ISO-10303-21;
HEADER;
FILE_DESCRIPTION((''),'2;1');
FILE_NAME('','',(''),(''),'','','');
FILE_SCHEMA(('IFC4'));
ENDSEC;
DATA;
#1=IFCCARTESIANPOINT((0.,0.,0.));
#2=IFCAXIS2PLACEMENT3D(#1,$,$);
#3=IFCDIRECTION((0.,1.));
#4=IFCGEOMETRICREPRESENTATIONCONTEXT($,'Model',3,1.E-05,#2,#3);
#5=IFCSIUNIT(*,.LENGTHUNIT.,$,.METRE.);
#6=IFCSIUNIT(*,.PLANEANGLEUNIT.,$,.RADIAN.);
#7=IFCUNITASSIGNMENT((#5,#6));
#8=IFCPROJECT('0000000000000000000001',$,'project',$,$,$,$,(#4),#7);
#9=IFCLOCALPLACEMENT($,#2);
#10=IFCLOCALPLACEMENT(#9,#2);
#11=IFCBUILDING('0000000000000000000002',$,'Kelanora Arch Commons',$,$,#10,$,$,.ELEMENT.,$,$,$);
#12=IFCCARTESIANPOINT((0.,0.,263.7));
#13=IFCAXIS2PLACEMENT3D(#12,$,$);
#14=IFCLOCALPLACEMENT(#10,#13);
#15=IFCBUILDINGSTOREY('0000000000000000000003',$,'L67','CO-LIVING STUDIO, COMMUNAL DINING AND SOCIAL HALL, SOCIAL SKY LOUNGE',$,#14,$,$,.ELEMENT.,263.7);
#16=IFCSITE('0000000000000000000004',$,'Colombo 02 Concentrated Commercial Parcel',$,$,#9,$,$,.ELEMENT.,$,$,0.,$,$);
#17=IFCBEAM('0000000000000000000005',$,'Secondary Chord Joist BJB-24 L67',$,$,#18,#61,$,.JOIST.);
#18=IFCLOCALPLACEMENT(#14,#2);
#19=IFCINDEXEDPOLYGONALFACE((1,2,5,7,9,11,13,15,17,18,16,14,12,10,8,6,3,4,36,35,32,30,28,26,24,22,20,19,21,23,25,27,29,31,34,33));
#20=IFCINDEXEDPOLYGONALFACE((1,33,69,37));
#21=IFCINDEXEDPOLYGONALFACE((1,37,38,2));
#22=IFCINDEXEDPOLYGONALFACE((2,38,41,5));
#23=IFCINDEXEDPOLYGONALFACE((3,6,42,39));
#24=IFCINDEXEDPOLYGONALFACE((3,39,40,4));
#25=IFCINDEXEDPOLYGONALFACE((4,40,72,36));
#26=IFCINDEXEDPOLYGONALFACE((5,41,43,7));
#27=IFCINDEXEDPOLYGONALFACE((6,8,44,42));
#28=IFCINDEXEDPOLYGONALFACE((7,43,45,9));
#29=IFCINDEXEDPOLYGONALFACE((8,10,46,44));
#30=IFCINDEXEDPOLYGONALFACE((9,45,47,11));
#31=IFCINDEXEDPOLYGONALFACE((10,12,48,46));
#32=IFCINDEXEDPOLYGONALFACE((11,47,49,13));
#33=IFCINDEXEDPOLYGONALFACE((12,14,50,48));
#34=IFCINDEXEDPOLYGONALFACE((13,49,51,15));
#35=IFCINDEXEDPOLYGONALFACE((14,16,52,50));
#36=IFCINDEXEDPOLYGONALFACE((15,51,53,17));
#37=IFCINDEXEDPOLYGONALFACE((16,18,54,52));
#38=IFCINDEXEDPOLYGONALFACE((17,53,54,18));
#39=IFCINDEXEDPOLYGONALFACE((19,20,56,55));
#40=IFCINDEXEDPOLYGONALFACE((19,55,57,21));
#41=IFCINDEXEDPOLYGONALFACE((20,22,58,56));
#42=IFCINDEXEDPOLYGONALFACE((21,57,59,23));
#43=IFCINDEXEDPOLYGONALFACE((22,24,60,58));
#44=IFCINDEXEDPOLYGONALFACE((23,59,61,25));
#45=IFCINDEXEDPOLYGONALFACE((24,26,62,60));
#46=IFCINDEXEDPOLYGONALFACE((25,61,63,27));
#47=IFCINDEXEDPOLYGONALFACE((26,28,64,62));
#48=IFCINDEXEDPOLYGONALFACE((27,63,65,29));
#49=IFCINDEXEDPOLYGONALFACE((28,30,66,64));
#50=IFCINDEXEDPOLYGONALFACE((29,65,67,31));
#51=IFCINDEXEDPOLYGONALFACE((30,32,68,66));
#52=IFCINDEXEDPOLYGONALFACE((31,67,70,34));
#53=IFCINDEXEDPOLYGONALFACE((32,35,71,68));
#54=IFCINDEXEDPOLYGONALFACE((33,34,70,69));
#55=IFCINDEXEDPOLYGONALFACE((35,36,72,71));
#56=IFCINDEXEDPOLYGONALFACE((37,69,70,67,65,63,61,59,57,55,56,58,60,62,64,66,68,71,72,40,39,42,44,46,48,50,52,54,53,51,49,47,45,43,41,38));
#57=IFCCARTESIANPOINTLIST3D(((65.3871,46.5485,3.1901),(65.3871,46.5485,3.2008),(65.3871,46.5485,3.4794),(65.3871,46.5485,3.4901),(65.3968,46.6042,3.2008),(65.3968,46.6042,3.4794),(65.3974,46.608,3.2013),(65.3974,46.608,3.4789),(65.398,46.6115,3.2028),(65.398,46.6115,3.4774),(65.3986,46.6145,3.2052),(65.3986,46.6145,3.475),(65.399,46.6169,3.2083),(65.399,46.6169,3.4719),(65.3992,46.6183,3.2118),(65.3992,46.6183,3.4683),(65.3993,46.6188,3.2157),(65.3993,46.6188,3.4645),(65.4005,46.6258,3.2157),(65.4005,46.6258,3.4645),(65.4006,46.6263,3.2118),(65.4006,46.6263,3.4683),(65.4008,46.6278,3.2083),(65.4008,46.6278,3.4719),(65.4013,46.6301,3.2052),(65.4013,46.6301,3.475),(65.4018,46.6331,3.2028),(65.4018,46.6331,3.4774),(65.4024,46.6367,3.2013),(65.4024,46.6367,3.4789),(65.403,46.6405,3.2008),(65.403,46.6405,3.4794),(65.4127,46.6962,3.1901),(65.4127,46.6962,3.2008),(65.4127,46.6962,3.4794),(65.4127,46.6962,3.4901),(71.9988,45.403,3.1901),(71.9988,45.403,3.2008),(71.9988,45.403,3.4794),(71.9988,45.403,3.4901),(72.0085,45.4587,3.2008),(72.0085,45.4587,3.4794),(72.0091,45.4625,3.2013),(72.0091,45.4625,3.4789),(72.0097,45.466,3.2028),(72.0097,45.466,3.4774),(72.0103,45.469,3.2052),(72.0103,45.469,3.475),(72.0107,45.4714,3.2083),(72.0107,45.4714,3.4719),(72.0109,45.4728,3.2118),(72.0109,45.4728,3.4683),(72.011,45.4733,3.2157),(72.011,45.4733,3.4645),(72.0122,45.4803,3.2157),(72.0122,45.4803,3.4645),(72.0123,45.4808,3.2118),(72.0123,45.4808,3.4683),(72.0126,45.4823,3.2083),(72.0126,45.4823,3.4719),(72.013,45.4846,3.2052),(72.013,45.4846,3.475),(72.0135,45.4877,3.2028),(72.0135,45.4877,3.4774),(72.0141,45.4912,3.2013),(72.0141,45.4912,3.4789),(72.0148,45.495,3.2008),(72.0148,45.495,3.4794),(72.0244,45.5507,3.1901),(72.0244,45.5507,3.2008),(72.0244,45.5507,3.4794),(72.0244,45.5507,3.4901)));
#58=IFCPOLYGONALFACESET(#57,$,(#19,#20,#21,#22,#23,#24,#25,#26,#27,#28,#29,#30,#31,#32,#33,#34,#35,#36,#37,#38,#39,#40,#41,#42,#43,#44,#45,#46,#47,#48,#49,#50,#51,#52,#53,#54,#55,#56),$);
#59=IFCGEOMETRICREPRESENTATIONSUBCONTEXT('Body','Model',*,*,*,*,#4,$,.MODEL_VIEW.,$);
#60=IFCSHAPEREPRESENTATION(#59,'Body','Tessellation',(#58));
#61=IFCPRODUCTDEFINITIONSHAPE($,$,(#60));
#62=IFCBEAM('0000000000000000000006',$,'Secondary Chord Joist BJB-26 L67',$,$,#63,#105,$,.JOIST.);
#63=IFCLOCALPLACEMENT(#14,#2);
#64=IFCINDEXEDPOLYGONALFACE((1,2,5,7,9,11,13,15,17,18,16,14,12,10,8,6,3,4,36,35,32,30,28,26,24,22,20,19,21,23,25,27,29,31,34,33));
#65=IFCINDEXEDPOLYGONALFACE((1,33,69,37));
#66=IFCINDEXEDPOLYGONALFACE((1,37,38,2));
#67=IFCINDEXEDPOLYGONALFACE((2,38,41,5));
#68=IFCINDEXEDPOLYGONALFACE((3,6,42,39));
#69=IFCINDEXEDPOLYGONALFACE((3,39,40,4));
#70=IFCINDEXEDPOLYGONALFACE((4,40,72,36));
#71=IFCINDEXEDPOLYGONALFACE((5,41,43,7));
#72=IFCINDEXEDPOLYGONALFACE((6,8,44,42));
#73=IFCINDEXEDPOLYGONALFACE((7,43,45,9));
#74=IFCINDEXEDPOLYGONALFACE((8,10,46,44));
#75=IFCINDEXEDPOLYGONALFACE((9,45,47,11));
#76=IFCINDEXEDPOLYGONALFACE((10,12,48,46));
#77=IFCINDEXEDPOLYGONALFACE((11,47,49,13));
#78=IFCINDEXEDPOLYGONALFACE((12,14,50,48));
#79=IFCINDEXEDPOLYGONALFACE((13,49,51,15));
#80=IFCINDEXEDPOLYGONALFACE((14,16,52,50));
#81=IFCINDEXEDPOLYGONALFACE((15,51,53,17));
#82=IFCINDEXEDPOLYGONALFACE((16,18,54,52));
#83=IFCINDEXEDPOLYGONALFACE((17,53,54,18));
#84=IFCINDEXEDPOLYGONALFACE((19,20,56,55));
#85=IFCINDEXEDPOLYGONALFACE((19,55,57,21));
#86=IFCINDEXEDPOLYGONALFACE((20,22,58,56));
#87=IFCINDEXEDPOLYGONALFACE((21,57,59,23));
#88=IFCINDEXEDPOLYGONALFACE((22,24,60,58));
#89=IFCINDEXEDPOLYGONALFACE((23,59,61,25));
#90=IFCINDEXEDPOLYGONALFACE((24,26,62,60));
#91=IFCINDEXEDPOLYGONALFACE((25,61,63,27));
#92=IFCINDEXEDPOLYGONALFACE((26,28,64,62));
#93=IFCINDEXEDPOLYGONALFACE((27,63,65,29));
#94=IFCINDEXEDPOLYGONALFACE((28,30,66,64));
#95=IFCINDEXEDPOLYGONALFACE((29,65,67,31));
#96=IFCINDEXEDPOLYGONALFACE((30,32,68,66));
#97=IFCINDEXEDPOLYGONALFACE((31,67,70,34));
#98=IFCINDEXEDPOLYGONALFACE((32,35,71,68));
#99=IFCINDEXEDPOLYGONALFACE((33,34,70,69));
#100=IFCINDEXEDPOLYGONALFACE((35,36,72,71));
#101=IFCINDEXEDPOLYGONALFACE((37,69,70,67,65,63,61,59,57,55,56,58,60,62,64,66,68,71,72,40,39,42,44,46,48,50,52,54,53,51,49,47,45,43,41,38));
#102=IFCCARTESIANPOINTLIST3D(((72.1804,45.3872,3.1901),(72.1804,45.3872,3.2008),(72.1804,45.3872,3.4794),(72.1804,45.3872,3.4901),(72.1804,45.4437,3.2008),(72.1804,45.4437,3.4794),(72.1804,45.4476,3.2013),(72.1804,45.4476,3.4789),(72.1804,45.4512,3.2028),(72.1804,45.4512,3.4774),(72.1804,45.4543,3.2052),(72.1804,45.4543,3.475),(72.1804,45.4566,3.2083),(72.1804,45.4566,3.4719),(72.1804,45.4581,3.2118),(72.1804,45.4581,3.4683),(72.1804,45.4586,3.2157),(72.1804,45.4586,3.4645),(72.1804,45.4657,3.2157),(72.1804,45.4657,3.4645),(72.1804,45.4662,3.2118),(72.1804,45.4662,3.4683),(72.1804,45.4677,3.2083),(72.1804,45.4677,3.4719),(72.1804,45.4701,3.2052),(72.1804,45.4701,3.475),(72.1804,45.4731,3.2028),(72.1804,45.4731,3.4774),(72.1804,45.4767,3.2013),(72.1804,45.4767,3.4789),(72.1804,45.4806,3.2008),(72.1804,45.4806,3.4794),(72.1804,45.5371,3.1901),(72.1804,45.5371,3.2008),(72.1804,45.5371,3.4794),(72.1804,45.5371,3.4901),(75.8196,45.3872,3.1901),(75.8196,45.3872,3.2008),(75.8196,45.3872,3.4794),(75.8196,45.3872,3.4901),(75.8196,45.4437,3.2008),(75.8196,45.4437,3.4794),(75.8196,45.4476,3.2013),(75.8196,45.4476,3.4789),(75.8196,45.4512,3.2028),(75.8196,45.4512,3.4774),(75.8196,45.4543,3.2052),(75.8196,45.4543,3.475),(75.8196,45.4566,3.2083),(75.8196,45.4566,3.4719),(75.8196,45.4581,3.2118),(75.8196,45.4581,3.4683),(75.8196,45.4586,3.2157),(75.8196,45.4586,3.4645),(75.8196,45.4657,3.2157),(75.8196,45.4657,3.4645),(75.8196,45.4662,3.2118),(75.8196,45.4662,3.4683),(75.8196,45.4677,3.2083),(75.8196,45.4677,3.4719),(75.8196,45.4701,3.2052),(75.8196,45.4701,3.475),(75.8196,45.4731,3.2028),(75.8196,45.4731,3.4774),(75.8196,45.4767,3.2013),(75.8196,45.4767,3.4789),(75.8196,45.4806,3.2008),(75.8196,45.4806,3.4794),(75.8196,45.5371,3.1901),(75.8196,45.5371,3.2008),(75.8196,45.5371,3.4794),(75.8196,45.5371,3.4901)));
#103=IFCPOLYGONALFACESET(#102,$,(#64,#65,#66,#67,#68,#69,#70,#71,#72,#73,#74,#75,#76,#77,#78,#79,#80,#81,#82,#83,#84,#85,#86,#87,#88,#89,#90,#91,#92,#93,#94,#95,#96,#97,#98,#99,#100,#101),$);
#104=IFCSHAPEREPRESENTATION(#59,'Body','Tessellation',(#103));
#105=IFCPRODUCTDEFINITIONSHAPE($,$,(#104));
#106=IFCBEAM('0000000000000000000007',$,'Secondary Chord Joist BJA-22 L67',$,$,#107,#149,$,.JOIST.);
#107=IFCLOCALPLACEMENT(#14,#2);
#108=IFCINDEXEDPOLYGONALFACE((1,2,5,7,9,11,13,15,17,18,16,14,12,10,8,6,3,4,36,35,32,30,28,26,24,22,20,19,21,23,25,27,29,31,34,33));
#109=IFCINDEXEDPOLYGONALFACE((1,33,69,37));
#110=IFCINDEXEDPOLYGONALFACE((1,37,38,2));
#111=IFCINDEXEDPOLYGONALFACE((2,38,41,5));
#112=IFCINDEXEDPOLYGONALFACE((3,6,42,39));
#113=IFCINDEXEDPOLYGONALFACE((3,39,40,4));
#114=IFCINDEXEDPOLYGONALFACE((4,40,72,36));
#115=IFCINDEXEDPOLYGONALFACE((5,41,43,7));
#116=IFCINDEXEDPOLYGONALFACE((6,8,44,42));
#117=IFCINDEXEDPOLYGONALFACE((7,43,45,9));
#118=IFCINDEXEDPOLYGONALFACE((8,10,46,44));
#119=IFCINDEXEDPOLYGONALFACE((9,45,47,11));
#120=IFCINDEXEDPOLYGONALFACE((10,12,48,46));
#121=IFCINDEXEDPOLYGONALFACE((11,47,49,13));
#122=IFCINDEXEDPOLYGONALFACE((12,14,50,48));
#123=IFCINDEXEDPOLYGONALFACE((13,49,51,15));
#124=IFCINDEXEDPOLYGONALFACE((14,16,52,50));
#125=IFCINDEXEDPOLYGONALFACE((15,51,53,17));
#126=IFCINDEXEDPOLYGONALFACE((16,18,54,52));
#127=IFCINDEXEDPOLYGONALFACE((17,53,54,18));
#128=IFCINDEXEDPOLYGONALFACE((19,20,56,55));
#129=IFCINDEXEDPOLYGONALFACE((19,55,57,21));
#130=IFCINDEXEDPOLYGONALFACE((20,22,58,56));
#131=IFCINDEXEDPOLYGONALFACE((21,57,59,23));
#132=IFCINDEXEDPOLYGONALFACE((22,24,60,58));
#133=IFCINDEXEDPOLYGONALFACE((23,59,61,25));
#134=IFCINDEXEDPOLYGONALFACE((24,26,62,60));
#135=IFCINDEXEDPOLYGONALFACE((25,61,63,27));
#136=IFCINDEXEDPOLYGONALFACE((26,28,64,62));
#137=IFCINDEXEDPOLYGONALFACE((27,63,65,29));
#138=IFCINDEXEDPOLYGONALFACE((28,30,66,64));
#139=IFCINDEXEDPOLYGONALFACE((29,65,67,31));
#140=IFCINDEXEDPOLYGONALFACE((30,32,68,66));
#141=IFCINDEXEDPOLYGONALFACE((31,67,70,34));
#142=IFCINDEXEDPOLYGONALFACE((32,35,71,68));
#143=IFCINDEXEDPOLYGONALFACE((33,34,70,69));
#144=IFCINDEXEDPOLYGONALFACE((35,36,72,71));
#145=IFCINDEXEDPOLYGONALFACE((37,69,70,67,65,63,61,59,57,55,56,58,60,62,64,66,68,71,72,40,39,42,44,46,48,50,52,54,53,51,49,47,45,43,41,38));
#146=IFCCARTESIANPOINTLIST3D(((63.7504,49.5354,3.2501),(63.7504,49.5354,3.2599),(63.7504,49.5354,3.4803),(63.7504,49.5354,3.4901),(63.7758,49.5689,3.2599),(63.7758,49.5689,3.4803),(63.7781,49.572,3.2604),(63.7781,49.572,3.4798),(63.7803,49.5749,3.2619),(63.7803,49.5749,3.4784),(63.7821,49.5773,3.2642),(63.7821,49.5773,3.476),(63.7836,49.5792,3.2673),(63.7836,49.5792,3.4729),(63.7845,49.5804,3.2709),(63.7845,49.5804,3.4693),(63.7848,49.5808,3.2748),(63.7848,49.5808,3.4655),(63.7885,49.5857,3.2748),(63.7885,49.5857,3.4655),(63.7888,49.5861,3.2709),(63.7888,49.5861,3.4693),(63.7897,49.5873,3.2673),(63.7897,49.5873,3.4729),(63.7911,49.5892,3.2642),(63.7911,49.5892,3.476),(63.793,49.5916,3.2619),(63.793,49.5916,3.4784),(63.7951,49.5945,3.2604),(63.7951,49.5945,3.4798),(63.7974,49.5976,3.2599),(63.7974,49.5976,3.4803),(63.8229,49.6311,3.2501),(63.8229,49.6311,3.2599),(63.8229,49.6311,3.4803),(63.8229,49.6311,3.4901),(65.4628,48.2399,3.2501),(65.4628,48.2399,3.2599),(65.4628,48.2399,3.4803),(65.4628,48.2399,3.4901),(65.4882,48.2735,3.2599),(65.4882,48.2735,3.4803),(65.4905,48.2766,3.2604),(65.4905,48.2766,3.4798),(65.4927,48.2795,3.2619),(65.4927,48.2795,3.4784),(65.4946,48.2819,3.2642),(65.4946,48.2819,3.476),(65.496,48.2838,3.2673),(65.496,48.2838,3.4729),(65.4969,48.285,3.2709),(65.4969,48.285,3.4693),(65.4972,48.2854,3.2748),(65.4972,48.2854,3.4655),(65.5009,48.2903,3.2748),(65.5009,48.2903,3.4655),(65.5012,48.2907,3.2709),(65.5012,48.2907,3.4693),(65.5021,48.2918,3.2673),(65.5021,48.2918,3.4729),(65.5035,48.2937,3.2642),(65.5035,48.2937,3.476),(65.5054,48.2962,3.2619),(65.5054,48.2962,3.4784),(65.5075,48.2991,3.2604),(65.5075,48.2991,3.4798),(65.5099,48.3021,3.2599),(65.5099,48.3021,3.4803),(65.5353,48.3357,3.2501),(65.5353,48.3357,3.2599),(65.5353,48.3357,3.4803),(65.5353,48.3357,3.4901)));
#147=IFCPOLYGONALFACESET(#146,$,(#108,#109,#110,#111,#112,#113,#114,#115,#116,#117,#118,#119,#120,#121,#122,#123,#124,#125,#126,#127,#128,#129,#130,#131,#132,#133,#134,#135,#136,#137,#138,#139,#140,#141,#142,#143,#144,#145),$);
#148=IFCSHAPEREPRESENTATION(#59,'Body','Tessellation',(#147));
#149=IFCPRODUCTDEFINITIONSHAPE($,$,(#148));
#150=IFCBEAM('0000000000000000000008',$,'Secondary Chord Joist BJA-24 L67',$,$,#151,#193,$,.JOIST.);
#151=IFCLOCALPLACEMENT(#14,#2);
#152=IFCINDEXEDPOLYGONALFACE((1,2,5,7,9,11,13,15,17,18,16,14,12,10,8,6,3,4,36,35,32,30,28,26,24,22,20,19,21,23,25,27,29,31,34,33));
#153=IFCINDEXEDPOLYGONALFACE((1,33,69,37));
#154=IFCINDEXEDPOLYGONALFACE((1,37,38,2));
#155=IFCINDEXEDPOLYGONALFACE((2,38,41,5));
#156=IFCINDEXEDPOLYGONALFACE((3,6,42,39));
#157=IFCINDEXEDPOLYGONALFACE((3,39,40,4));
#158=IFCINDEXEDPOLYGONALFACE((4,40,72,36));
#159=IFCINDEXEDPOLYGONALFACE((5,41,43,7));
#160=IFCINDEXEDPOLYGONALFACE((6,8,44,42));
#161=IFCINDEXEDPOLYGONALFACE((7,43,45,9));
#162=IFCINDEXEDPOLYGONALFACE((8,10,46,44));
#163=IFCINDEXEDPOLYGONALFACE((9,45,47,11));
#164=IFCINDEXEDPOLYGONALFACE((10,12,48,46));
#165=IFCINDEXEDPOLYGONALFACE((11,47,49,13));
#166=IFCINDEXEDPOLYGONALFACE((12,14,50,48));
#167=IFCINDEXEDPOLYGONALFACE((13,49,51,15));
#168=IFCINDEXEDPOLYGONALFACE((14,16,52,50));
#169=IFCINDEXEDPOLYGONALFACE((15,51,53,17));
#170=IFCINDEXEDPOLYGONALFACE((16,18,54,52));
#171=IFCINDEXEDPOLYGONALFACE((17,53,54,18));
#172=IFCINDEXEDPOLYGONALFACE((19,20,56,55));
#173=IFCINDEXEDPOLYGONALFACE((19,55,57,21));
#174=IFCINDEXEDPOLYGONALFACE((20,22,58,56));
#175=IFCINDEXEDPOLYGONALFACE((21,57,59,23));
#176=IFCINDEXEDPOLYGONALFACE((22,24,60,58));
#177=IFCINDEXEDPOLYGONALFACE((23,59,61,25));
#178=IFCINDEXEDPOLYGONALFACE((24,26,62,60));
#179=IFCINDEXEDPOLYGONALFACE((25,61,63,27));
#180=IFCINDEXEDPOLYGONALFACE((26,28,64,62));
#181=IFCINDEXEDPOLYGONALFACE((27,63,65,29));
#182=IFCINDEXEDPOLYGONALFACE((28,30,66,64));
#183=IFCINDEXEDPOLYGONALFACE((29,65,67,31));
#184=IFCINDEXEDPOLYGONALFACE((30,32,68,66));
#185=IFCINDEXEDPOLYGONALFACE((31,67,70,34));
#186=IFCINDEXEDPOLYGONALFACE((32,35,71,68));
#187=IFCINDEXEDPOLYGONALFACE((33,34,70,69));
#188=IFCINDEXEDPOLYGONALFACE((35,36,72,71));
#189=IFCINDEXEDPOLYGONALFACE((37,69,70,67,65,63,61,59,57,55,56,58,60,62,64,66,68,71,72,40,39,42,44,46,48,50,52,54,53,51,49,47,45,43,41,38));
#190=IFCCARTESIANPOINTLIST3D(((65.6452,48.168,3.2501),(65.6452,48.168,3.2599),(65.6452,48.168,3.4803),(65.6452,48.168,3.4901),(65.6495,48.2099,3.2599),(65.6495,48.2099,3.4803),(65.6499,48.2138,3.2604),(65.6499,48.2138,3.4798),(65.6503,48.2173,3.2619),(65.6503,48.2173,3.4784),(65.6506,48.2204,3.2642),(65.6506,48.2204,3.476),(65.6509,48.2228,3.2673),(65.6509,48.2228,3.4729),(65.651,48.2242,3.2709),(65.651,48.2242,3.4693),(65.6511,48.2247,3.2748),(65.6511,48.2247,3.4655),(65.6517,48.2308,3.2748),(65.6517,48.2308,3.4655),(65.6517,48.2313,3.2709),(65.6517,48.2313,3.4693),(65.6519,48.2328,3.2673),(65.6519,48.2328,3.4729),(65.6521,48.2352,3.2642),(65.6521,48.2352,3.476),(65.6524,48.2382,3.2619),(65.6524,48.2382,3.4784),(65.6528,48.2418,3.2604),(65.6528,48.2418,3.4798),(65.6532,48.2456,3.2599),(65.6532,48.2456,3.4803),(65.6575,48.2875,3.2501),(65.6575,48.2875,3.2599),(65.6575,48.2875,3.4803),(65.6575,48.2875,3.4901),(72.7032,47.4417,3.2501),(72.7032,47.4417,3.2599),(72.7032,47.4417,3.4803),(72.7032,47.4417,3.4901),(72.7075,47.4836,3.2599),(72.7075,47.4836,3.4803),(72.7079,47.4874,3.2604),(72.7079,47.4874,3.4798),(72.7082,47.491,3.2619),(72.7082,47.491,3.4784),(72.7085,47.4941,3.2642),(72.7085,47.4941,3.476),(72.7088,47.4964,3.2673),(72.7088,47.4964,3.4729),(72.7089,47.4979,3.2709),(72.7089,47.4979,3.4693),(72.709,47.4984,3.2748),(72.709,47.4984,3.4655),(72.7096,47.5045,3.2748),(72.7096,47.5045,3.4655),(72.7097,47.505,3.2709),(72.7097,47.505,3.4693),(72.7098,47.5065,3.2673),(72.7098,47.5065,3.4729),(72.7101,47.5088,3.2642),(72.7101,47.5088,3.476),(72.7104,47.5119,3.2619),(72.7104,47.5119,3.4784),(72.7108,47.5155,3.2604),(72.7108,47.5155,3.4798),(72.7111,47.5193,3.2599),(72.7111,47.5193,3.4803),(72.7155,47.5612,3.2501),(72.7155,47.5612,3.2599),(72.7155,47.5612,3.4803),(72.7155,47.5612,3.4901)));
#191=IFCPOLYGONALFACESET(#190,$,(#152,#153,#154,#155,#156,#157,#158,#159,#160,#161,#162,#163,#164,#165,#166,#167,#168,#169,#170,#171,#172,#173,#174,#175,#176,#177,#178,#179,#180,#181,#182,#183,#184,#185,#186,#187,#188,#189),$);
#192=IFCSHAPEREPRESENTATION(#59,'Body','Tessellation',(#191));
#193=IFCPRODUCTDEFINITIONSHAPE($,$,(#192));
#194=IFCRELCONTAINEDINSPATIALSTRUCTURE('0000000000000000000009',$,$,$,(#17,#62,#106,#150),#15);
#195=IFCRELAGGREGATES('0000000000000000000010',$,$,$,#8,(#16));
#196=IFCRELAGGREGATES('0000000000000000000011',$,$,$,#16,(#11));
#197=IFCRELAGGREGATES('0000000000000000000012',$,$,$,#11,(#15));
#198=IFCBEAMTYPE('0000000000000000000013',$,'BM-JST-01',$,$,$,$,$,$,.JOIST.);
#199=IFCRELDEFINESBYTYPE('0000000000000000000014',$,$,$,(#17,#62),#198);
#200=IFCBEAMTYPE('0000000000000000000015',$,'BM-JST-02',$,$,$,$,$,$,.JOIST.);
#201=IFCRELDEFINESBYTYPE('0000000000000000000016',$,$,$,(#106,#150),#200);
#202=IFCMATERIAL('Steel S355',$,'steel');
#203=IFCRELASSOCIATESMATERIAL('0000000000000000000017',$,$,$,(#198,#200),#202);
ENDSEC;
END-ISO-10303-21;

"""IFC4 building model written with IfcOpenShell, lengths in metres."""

from ifc_helpers import new_model, si_unit, direction, frame, origin, origin_2d, place, context, subcontext, project, spatial, i_section, extrude, material, material_profile, profile_set, type_object, element, save


model = new_model("IFC4")

# Units and contexts
model_context = context("Model", 3, precision=1e-05, world=origin(), true_north=direction((0.0, 1.0)))
body_context = subcontext(model_context, "Body", "Model", "MODEL_VIEW")
ifc_project = project(units=[si_unit("LENGTHUNIT", "METRE"), si_unit("PLANEANGLEUNIT", "RADIAN")], contexts=[model_context])

# Site, building, storey
site_placement = place(None, origin())
site = spatial("IfcSite", under=ifc_project, at=site_placement, Name="Colombo 02 Concentrated Commercial Parcel", CompositionType="ELEMENT", RefElevation=0.0)
building_placement = place(site_placement, origin())
building = spatial("IfcBuilding", under=site, at=building_placement, Name="Kelanora Arch Commons", CompositionType="ELEMENT")
storey_placement = place(building_placement, frame((0.0, 0.0, 263.7)))
storey = spatial("IfcBuildingStorey", under=building, at=storey_placement, Name="L67", Description="CO-LIVING STUDIO, COMMUNAL DINING AND SOCIAL HALL, SOCIAL SKY LOUNGE", CompositionType="ELEMENT", Elevation=263.7)

# Beams
ifc_material_1 = material(Name="Steel S355", Category="steel")
ifc_material_profile_1 = material_profile(ifc_material_1, i_section(OverallWidth=0.1499, OverallDepth=0.3, WebThickness=0.0071, FlangeThickness=0.0107, FilletRadius=0.0149, at=origin_2d()), Name="IPE300")
ifc_profile_set_1 = profile_set([ifc_material_profile_1], Name="Steel S355")
beam_type_1 = type_object("IfcBeamType", Name="BM-JST-01", PredefinedType="JOIST", material=ifc_profile_set_1)
beam_1_placement = place(storey_placement, frame((65.3999, 46.6223, 3.3401), z_axis=(0.985322, -0.170709, 0.0), x_axis=(0.170709, 0.985322, 0.0)))
element("IfcBeam", 1, at=beam_1_placement, inside=storey, type_object=beam_type_1, Name="Secondary Chord Joist BJB-24 L67", PredefinedType="JOIST", context=body_context, shape_type="SweptSolid", body=[
    extrude(i_section(OverallWidth=0.1499, OverallDepth=0.3, WebThickness=0.0071, FlangeThickness=0.0107, FilletRadius=0.0149, at=origin_2d()), origin(), (0.0, 0.0, 1.0), 6.7102),
])
beam_2_placement = place(storey_placement, frame((72.1804, 45.4622, 3.3401), z_axis=(1.0, 0.0, 0.0), x_axis=(0.0, 1.0, 0.0)))
element("IfcBeam", 2, at=beam_2_placement, inside=storey, type_object=beam_type_1, Name="Secondary Chord Joist BJB-26 L67", PredefinedType="JOIST", context=body_context, shape_type="SweptSolid", body=[
    extrude(i_section(OverallWidth=0.1499, OverallDepth=0.3, WebThickness=0.0071, FlangeThickness=0.0107, FilletRadius=0.0149, at=origin_2d()), origin(), (0.0, 0.0, 1.0), 3.6392),
])
ifc_material_profile_2 = material_profile(ifc_material_1, i_section(OverallWidth=0.1201, OverallDepth=0.24, WebThickness=0.0061, FlangeThickness=0.0098, FilletRadius=0.0149, at=origin_2d()), Name="IPE240")
ifc_profile_set_2 = profile_set([ifc_material_profile_2], Name="Steel S355")
beam_type_2 = type_object("IfcBeamType", Name="BM-JST-02", PredefinedType="JOIST", material=ifc_profile_set_2)
beam_3_placement = place(storey_placement, frame((63.7866, 49.5833, 3.3701), z_axis=(0.79751, -0.603306, 0.0), x_axis=(0.603306, 0.79751, 0.0)))
element("IfcBeam", 3, at=beam_3_placement, inside=storey, type_object=beam_type_2, Name="Secondary Chord Joist BJA-22 L67", PredefinedType="JOIST", context=body_context, shape_type="SweptSolid", body=[
    extrude(i_section(OverallWidth=0.1201, OverallDepth=0.24, WebThickness=0.0061, FlangeThickness=0.0098, FilletRadius=0.0149, at=origin_2d()), origin(), (0.0, 0.0, 1.0), 2.1472),
])
beam_4_placement = place(storey_placement, frame((65.6514, 48.2278, 3.3701), z_axis=(0.994747, -0.102369, 0.0), x_axis=(0.102369, 0.994747, 0.0)))
element("IfcBeam", 4, at=beam_4_placement, inside=storey, type_object=beam_type_2, Name="Secondary Chord Joist BJA-24 L67", PredefinedType="JOIST", context=body_context, shape_type="SweptSolid", body=[
    extrude(i_section(OverallWidth=0.1201, OverallDepth=0.24, WebThickness=0.0061, FlangeThickness=0.0098, FilletRadius=0.0149, at=origin_2d()), origin(), (0.0, 0.0, 1.0), 7.0952),
])

save(model, "model.ifc")
